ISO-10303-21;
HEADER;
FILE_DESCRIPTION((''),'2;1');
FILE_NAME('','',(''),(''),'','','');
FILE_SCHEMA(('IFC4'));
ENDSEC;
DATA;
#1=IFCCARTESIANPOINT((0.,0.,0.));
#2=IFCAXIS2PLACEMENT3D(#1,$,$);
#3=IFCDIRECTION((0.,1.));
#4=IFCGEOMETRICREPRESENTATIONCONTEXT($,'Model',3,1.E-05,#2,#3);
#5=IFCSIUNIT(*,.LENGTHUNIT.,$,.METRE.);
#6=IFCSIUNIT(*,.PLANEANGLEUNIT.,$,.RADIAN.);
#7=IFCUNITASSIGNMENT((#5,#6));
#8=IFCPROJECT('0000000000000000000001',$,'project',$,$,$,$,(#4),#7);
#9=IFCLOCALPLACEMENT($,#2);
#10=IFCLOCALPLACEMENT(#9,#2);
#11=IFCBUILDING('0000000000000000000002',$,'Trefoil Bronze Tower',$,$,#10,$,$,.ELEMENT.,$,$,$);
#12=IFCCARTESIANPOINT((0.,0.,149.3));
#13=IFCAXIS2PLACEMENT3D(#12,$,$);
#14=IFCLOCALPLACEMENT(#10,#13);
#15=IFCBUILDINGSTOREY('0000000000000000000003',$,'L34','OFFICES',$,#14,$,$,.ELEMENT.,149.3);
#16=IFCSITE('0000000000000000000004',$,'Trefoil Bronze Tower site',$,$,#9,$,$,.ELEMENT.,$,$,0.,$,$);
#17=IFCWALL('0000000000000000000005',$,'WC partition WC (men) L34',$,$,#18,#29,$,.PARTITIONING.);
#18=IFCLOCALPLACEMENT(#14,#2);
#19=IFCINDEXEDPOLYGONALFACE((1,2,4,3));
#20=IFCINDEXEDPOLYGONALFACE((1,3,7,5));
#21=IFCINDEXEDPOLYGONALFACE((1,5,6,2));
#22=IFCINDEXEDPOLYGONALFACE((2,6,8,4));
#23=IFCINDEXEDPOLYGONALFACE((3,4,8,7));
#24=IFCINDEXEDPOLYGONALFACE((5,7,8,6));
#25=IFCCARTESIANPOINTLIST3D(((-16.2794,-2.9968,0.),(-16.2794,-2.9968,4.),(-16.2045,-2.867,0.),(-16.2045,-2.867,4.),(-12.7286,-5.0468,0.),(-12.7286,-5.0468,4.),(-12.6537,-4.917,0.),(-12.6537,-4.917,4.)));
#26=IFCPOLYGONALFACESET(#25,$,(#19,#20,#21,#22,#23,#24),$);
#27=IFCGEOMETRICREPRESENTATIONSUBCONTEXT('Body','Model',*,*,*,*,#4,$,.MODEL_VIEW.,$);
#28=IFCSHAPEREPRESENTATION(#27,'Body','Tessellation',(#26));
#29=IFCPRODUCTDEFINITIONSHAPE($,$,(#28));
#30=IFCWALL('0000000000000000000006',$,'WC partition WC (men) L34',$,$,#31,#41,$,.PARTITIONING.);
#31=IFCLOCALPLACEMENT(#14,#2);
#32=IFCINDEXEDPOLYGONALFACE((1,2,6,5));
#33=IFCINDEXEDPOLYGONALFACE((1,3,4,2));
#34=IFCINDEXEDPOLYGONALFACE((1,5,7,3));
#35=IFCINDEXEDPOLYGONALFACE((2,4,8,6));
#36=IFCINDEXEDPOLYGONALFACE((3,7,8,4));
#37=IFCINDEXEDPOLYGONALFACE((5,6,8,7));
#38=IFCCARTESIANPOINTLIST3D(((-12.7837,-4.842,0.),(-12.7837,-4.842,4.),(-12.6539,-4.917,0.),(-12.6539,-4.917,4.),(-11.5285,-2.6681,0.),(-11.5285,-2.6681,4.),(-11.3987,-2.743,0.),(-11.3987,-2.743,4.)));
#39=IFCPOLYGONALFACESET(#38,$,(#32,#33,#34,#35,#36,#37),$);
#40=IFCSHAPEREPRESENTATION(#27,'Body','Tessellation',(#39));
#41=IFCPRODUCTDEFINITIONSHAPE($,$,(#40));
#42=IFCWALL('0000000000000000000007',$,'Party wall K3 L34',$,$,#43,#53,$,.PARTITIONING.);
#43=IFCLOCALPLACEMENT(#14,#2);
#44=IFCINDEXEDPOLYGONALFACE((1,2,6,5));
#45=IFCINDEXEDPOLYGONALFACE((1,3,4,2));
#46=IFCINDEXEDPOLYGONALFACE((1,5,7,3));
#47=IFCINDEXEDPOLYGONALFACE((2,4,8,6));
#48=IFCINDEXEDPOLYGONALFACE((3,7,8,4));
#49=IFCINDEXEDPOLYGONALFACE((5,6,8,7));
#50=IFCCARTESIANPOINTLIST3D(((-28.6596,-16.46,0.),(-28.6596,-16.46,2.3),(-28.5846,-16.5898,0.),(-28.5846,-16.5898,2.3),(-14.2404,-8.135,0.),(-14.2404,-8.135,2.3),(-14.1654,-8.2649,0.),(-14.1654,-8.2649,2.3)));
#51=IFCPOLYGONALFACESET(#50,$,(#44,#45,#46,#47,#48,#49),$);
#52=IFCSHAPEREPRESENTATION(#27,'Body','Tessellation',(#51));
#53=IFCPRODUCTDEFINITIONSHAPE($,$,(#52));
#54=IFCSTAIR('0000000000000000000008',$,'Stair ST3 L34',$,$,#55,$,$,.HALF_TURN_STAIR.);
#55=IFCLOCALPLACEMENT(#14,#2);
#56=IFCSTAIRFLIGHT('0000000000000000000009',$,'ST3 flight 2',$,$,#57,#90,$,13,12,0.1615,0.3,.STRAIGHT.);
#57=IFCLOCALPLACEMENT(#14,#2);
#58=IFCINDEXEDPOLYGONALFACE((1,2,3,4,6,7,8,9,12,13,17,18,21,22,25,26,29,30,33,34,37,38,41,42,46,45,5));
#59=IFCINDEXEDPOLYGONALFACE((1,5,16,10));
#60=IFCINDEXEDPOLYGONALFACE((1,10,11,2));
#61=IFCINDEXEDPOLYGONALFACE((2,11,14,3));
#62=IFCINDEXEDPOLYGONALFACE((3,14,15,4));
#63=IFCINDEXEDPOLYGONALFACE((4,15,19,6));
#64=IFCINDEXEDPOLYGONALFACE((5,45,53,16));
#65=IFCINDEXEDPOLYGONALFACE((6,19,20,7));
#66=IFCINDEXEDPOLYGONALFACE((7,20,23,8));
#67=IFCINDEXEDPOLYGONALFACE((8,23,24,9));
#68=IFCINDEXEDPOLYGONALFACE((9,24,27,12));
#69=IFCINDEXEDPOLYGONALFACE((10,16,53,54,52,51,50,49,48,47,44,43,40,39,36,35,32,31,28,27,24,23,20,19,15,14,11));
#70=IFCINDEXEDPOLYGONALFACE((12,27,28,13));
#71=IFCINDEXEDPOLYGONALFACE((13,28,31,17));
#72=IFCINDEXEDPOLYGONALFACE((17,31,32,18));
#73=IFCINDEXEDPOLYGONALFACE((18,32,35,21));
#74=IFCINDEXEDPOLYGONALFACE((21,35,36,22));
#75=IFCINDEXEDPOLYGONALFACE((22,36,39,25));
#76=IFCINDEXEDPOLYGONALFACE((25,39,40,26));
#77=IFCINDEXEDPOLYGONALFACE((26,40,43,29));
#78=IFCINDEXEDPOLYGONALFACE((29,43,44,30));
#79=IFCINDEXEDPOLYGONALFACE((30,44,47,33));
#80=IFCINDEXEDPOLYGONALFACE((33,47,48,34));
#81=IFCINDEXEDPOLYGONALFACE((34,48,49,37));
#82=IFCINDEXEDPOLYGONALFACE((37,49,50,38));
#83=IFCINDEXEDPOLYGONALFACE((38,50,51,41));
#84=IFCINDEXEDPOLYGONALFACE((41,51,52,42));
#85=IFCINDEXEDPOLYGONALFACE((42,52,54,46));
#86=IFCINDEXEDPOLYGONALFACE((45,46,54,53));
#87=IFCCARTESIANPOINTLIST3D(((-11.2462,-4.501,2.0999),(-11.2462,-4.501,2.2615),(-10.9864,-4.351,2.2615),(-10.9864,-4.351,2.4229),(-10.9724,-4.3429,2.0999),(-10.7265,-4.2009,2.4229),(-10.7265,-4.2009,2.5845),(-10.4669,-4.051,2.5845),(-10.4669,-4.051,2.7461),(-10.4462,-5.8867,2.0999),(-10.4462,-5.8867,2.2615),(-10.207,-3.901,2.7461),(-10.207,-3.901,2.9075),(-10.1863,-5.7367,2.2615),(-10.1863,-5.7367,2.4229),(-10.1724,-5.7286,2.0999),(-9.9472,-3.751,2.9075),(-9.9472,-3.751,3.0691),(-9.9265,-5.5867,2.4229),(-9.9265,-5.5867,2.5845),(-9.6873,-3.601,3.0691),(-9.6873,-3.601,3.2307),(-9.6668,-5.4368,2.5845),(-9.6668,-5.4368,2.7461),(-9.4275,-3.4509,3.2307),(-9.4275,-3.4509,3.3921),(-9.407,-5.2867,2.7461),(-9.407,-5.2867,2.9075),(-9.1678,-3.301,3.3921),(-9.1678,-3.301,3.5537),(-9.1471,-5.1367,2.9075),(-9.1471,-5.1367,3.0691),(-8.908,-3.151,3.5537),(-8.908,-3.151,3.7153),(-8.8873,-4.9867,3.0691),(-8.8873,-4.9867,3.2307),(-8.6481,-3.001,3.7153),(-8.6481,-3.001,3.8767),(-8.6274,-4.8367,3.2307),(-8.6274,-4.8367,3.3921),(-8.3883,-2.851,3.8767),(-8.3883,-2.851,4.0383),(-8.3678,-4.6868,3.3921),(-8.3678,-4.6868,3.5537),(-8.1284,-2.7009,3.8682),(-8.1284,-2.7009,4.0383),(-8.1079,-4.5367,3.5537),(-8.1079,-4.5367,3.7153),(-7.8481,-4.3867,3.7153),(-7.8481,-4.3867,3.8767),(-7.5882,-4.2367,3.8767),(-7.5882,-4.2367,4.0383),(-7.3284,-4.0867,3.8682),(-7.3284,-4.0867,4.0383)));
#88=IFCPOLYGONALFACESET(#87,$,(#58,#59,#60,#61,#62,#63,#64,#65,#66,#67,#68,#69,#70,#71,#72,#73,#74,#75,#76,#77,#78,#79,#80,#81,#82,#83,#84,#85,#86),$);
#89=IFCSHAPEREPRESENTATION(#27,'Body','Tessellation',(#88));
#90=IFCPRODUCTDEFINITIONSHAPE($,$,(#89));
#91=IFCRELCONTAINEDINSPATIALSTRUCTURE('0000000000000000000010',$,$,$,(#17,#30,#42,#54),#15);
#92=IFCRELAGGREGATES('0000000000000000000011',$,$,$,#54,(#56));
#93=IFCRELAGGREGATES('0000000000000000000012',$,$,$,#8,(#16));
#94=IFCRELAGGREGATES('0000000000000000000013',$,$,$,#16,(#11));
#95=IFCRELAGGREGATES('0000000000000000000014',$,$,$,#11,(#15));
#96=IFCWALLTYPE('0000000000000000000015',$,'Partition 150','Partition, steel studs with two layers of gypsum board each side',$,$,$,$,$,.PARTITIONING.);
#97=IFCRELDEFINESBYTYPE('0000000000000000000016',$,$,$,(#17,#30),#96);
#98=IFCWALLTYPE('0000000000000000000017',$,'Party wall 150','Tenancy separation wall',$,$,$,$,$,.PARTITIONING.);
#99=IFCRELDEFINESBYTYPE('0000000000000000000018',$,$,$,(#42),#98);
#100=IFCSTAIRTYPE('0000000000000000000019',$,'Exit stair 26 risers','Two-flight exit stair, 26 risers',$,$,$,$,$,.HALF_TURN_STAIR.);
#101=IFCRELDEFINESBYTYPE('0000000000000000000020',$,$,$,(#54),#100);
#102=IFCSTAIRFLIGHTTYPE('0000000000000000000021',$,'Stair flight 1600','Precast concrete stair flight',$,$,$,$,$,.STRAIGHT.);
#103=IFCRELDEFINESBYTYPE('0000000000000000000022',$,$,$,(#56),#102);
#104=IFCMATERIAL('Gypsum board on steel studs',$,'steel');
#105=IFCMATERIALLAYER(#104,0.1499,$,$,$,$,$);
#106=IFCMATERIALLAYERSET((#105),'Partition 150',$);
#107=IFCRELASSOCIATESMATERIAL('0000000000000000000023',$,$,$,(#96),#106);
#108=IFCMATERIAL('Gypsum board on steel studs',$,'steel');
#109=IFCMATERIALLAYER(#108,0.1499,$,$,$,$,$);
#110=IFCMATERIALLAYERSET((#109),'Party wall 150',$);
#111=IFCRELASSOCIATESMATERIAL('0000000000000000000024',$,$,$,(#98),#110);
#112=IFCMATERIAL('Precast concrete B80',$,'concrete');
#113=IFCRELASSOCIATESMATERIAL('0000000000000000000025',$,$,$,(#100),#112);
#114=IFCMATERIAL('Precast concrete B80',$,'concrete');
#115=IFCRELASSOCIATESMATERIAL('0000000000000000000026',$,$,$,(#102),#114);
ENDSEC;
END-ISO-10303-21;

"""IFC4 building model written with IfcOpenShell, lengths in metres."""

from ifc_helpers import new_model, si_unit, direction, frame, frame_2d, origin, place, context, subcontext, project, spatial, polyline, rectangle, outline, extrude, material, layer, layer_set, type_object, element, aggregate, save


model = new_model("IFC4")

# Units and contexts
model_context = context("Model", 3, precision=1e-05, world=origin(), true_north=direction((0.0, 1.0)))
body_context = subcontext(model_context, "Body", "Model", "MODEL_VIEW")
ifc_project = project(units=[si_unit("LENGTHUNIT", "METRE"), si_unit("PLANEANGLEUNIT", "RADIAN")], contexts=[model_context])

# Site, building, storey
site_placement = place(None, origin())
site = spatial("IfcSite", under=ifc_project, at=site_placement, Name="Trefoil Bronze Tower site", CompositionType="ELEMENT", RefElevation=0.0)
building_placement = place(site_placement, origin())
building = spatial("IfcBuilding", under=site, at=building_placement, Name="Trefoil Bronze Tower", CompositionType="ELEMENT")
storey_placement = place(building_placement, frame((0.0, 0.0, 149.3)))
storey = spatial("IfcBuildingStorey", under=building, at=storey_placement, Name="L34", Description="OFFICES", CompositionType="ELEMENT", Elevation=149.3)

# Shared definitions
ifc_material_1 = material(Name="Gypsum board on steel studs", Category="steel")
ifc_layer_1 = layer(ifc_material_1, 0.1499)
ifc_layer_set_1 = layer_set([ifc_layer_1], Name="Partition 150")
wall_type_1 = type_object("IfcWallType", Name="Partition 150", Description="Partition, steel studs with two layers of gypsum board each side", PredefinedType="PARTITIONING", material=ifc_layer_set_1)

# Walls
wall_1_placement = place(storey_placement, frame((-12.6912, -4.9819, 0.0), z_axis=(0.0, 0.0, 1.0), x_axis=(-0.866025, 0.500001, 0.0)))
element("IfcWall", 1, at=wall_1_placement, inside=storey, type_object=wall_type_1, Name="WC partition WC (men) L34", PredefinedType="PARTITIONING", context=body_context, shape_type="SweptSolid", body=[
    extrude(rectangle(XDim=4.1001, YDim=0.1499, at=frame_2d((2.05, 0.0))), origin(), (0.0, 0.0, 1.0), 4.0),
])
wall_2_placement = place(storey_placement, frame((-11.4636, -2.7056, 0.0), z_axis=(0.0, 0.0, 1.0), x_axis=(-0.50002, -0.866014, 0.0)))
element("IfcWall", 2, at=wall_2_placement, inside=storey, type_object=wall_type_1, Name="WC partition WC (men) L34", PredefinedType="PARTITIONING", context=body_context, shape_type="SweptSolid", body=[
    extrude(rectangle(XDim=2.5103, YDim=0.1499, at=frame_2d((1.2551, 0.0))), origin(), (0.0, 0.0, 1.0), 4.0),
])
ifc_material_2 = material(Name="Gypsum board on steel studs", Category="steel")
ifc_layer_2 = layer(ifc_material_2, 0.1499)
ifc_layer_set_2 = layer_set([ifc_layer_2], Name="Party wall 150")
wall_type_2 = type_object("IfcWallType", Name="Party wall 150", Description="Tenancy separation wall", PredefinedType="PARTITIONING", material=ifc_layer_set_2)
wall_3_placement = place(storey_placement, frame((-14.2029, -8.2, 0.0), z_axis=(0.0, 0.0, 1.0), x_axis=(-0.866025, -0.500001, 0.0)))
element("IfcWall", 3, at=wall_3_placement, inside=storey, type_object=wall_type_2, Name="Party wall K3 L34", PredefinedType="PARTITIONING", context=body_context, shape_type="SweptSolid", body=[
    extrude(rectangle(XDim=16.6499, YDim=0.1499, at=frame_2d((8.325, 0.0))), origin(), (0.0, 0.0, 1.0), 2.3),
])

# Stair, stair flight
ifc_material_3 = material(Name="Precast concrete B80", Category="concrete")
stair_type = type_object("IfcStairType", Name="Exit stair 26 risers", Description="Two-flight exit stair, 26 risers", PredefinedType="HALF_TURN_STAIR", material=ifc_material_3)
stair_placement = place(storey_placement, origin())
stair = element("IfcStair", 4, at=stair_placement, inside=storey, type_object=stair_type, Name="Stair ST3 L34", PredefinedType="HALF_TURN_STAIR")
ifc_material_4 = material(Name="Precast concrete B80", Category="concrete")
stair_flight_type = type_object("IfcStairFlightType", Name="Stair flight 1600", Description="Precast concrete stair flight", PredefinedType="STRAIGHT", material=ifc_material_4)
stair_flight_placement = place(storey_placement, frame((-10.8462, -5.1938, 2.0999), z_axis=(0.0, 0.0, 1.0), x_axis=(0.866025, 0.5, 0.0)))
stair_flight = element("IfcStairFlight", 5, at=stair_flight_placement, type_object=stair_flight_type, Name="ST3 flight 2", NumberOfRisers=13, NumberOfTreads=12, PredefinedType="STRAIGHT", RiserHeight=0.1615, TreadLength=0.3, context=body_context, shape_type="SweptSolid", body=[
    extrude(outline(polyline([(0.0, 0.0), (0.0, 0.1616), (0.3, 0.1616), (0.3, 0.323), (0.6001, 0.323), (0.6001, 0.4846), (0.8999, 0.4846), (0.8999, 0.6462), (1.2, 0.6462), (1.2, 0.8076), (1.5, 0.8076), (1.5, 0.9692), (1.8, 0.9692), (1.8, 1.1309), (2.1001, 1.1309), (2.1001, 1.2922), (2.3999, 1.2922), (2.3999, 1.4539), (2.7, 1.4539), (2.7, 1.6155), (3.0, 1.6155), (3.0, 1.7769), (3.3, 1.7769), (3.3, 1.9385), (3.6001, 1.9385), (3.6001, 2.1001), (3.6001, 1.7683), (0.3162, 0.0), (0.0, 0.0)])), frame((0.0, 0.8, 0.0), z_axis=(0.0, -1.0, 0.0), x_axis=(1.0, 0.0, 0.0)), (0.0, 0.0, 1.0), 1.6001),
])
aggregate(stair, [stair_flight])

save(model, "model.ifc")
